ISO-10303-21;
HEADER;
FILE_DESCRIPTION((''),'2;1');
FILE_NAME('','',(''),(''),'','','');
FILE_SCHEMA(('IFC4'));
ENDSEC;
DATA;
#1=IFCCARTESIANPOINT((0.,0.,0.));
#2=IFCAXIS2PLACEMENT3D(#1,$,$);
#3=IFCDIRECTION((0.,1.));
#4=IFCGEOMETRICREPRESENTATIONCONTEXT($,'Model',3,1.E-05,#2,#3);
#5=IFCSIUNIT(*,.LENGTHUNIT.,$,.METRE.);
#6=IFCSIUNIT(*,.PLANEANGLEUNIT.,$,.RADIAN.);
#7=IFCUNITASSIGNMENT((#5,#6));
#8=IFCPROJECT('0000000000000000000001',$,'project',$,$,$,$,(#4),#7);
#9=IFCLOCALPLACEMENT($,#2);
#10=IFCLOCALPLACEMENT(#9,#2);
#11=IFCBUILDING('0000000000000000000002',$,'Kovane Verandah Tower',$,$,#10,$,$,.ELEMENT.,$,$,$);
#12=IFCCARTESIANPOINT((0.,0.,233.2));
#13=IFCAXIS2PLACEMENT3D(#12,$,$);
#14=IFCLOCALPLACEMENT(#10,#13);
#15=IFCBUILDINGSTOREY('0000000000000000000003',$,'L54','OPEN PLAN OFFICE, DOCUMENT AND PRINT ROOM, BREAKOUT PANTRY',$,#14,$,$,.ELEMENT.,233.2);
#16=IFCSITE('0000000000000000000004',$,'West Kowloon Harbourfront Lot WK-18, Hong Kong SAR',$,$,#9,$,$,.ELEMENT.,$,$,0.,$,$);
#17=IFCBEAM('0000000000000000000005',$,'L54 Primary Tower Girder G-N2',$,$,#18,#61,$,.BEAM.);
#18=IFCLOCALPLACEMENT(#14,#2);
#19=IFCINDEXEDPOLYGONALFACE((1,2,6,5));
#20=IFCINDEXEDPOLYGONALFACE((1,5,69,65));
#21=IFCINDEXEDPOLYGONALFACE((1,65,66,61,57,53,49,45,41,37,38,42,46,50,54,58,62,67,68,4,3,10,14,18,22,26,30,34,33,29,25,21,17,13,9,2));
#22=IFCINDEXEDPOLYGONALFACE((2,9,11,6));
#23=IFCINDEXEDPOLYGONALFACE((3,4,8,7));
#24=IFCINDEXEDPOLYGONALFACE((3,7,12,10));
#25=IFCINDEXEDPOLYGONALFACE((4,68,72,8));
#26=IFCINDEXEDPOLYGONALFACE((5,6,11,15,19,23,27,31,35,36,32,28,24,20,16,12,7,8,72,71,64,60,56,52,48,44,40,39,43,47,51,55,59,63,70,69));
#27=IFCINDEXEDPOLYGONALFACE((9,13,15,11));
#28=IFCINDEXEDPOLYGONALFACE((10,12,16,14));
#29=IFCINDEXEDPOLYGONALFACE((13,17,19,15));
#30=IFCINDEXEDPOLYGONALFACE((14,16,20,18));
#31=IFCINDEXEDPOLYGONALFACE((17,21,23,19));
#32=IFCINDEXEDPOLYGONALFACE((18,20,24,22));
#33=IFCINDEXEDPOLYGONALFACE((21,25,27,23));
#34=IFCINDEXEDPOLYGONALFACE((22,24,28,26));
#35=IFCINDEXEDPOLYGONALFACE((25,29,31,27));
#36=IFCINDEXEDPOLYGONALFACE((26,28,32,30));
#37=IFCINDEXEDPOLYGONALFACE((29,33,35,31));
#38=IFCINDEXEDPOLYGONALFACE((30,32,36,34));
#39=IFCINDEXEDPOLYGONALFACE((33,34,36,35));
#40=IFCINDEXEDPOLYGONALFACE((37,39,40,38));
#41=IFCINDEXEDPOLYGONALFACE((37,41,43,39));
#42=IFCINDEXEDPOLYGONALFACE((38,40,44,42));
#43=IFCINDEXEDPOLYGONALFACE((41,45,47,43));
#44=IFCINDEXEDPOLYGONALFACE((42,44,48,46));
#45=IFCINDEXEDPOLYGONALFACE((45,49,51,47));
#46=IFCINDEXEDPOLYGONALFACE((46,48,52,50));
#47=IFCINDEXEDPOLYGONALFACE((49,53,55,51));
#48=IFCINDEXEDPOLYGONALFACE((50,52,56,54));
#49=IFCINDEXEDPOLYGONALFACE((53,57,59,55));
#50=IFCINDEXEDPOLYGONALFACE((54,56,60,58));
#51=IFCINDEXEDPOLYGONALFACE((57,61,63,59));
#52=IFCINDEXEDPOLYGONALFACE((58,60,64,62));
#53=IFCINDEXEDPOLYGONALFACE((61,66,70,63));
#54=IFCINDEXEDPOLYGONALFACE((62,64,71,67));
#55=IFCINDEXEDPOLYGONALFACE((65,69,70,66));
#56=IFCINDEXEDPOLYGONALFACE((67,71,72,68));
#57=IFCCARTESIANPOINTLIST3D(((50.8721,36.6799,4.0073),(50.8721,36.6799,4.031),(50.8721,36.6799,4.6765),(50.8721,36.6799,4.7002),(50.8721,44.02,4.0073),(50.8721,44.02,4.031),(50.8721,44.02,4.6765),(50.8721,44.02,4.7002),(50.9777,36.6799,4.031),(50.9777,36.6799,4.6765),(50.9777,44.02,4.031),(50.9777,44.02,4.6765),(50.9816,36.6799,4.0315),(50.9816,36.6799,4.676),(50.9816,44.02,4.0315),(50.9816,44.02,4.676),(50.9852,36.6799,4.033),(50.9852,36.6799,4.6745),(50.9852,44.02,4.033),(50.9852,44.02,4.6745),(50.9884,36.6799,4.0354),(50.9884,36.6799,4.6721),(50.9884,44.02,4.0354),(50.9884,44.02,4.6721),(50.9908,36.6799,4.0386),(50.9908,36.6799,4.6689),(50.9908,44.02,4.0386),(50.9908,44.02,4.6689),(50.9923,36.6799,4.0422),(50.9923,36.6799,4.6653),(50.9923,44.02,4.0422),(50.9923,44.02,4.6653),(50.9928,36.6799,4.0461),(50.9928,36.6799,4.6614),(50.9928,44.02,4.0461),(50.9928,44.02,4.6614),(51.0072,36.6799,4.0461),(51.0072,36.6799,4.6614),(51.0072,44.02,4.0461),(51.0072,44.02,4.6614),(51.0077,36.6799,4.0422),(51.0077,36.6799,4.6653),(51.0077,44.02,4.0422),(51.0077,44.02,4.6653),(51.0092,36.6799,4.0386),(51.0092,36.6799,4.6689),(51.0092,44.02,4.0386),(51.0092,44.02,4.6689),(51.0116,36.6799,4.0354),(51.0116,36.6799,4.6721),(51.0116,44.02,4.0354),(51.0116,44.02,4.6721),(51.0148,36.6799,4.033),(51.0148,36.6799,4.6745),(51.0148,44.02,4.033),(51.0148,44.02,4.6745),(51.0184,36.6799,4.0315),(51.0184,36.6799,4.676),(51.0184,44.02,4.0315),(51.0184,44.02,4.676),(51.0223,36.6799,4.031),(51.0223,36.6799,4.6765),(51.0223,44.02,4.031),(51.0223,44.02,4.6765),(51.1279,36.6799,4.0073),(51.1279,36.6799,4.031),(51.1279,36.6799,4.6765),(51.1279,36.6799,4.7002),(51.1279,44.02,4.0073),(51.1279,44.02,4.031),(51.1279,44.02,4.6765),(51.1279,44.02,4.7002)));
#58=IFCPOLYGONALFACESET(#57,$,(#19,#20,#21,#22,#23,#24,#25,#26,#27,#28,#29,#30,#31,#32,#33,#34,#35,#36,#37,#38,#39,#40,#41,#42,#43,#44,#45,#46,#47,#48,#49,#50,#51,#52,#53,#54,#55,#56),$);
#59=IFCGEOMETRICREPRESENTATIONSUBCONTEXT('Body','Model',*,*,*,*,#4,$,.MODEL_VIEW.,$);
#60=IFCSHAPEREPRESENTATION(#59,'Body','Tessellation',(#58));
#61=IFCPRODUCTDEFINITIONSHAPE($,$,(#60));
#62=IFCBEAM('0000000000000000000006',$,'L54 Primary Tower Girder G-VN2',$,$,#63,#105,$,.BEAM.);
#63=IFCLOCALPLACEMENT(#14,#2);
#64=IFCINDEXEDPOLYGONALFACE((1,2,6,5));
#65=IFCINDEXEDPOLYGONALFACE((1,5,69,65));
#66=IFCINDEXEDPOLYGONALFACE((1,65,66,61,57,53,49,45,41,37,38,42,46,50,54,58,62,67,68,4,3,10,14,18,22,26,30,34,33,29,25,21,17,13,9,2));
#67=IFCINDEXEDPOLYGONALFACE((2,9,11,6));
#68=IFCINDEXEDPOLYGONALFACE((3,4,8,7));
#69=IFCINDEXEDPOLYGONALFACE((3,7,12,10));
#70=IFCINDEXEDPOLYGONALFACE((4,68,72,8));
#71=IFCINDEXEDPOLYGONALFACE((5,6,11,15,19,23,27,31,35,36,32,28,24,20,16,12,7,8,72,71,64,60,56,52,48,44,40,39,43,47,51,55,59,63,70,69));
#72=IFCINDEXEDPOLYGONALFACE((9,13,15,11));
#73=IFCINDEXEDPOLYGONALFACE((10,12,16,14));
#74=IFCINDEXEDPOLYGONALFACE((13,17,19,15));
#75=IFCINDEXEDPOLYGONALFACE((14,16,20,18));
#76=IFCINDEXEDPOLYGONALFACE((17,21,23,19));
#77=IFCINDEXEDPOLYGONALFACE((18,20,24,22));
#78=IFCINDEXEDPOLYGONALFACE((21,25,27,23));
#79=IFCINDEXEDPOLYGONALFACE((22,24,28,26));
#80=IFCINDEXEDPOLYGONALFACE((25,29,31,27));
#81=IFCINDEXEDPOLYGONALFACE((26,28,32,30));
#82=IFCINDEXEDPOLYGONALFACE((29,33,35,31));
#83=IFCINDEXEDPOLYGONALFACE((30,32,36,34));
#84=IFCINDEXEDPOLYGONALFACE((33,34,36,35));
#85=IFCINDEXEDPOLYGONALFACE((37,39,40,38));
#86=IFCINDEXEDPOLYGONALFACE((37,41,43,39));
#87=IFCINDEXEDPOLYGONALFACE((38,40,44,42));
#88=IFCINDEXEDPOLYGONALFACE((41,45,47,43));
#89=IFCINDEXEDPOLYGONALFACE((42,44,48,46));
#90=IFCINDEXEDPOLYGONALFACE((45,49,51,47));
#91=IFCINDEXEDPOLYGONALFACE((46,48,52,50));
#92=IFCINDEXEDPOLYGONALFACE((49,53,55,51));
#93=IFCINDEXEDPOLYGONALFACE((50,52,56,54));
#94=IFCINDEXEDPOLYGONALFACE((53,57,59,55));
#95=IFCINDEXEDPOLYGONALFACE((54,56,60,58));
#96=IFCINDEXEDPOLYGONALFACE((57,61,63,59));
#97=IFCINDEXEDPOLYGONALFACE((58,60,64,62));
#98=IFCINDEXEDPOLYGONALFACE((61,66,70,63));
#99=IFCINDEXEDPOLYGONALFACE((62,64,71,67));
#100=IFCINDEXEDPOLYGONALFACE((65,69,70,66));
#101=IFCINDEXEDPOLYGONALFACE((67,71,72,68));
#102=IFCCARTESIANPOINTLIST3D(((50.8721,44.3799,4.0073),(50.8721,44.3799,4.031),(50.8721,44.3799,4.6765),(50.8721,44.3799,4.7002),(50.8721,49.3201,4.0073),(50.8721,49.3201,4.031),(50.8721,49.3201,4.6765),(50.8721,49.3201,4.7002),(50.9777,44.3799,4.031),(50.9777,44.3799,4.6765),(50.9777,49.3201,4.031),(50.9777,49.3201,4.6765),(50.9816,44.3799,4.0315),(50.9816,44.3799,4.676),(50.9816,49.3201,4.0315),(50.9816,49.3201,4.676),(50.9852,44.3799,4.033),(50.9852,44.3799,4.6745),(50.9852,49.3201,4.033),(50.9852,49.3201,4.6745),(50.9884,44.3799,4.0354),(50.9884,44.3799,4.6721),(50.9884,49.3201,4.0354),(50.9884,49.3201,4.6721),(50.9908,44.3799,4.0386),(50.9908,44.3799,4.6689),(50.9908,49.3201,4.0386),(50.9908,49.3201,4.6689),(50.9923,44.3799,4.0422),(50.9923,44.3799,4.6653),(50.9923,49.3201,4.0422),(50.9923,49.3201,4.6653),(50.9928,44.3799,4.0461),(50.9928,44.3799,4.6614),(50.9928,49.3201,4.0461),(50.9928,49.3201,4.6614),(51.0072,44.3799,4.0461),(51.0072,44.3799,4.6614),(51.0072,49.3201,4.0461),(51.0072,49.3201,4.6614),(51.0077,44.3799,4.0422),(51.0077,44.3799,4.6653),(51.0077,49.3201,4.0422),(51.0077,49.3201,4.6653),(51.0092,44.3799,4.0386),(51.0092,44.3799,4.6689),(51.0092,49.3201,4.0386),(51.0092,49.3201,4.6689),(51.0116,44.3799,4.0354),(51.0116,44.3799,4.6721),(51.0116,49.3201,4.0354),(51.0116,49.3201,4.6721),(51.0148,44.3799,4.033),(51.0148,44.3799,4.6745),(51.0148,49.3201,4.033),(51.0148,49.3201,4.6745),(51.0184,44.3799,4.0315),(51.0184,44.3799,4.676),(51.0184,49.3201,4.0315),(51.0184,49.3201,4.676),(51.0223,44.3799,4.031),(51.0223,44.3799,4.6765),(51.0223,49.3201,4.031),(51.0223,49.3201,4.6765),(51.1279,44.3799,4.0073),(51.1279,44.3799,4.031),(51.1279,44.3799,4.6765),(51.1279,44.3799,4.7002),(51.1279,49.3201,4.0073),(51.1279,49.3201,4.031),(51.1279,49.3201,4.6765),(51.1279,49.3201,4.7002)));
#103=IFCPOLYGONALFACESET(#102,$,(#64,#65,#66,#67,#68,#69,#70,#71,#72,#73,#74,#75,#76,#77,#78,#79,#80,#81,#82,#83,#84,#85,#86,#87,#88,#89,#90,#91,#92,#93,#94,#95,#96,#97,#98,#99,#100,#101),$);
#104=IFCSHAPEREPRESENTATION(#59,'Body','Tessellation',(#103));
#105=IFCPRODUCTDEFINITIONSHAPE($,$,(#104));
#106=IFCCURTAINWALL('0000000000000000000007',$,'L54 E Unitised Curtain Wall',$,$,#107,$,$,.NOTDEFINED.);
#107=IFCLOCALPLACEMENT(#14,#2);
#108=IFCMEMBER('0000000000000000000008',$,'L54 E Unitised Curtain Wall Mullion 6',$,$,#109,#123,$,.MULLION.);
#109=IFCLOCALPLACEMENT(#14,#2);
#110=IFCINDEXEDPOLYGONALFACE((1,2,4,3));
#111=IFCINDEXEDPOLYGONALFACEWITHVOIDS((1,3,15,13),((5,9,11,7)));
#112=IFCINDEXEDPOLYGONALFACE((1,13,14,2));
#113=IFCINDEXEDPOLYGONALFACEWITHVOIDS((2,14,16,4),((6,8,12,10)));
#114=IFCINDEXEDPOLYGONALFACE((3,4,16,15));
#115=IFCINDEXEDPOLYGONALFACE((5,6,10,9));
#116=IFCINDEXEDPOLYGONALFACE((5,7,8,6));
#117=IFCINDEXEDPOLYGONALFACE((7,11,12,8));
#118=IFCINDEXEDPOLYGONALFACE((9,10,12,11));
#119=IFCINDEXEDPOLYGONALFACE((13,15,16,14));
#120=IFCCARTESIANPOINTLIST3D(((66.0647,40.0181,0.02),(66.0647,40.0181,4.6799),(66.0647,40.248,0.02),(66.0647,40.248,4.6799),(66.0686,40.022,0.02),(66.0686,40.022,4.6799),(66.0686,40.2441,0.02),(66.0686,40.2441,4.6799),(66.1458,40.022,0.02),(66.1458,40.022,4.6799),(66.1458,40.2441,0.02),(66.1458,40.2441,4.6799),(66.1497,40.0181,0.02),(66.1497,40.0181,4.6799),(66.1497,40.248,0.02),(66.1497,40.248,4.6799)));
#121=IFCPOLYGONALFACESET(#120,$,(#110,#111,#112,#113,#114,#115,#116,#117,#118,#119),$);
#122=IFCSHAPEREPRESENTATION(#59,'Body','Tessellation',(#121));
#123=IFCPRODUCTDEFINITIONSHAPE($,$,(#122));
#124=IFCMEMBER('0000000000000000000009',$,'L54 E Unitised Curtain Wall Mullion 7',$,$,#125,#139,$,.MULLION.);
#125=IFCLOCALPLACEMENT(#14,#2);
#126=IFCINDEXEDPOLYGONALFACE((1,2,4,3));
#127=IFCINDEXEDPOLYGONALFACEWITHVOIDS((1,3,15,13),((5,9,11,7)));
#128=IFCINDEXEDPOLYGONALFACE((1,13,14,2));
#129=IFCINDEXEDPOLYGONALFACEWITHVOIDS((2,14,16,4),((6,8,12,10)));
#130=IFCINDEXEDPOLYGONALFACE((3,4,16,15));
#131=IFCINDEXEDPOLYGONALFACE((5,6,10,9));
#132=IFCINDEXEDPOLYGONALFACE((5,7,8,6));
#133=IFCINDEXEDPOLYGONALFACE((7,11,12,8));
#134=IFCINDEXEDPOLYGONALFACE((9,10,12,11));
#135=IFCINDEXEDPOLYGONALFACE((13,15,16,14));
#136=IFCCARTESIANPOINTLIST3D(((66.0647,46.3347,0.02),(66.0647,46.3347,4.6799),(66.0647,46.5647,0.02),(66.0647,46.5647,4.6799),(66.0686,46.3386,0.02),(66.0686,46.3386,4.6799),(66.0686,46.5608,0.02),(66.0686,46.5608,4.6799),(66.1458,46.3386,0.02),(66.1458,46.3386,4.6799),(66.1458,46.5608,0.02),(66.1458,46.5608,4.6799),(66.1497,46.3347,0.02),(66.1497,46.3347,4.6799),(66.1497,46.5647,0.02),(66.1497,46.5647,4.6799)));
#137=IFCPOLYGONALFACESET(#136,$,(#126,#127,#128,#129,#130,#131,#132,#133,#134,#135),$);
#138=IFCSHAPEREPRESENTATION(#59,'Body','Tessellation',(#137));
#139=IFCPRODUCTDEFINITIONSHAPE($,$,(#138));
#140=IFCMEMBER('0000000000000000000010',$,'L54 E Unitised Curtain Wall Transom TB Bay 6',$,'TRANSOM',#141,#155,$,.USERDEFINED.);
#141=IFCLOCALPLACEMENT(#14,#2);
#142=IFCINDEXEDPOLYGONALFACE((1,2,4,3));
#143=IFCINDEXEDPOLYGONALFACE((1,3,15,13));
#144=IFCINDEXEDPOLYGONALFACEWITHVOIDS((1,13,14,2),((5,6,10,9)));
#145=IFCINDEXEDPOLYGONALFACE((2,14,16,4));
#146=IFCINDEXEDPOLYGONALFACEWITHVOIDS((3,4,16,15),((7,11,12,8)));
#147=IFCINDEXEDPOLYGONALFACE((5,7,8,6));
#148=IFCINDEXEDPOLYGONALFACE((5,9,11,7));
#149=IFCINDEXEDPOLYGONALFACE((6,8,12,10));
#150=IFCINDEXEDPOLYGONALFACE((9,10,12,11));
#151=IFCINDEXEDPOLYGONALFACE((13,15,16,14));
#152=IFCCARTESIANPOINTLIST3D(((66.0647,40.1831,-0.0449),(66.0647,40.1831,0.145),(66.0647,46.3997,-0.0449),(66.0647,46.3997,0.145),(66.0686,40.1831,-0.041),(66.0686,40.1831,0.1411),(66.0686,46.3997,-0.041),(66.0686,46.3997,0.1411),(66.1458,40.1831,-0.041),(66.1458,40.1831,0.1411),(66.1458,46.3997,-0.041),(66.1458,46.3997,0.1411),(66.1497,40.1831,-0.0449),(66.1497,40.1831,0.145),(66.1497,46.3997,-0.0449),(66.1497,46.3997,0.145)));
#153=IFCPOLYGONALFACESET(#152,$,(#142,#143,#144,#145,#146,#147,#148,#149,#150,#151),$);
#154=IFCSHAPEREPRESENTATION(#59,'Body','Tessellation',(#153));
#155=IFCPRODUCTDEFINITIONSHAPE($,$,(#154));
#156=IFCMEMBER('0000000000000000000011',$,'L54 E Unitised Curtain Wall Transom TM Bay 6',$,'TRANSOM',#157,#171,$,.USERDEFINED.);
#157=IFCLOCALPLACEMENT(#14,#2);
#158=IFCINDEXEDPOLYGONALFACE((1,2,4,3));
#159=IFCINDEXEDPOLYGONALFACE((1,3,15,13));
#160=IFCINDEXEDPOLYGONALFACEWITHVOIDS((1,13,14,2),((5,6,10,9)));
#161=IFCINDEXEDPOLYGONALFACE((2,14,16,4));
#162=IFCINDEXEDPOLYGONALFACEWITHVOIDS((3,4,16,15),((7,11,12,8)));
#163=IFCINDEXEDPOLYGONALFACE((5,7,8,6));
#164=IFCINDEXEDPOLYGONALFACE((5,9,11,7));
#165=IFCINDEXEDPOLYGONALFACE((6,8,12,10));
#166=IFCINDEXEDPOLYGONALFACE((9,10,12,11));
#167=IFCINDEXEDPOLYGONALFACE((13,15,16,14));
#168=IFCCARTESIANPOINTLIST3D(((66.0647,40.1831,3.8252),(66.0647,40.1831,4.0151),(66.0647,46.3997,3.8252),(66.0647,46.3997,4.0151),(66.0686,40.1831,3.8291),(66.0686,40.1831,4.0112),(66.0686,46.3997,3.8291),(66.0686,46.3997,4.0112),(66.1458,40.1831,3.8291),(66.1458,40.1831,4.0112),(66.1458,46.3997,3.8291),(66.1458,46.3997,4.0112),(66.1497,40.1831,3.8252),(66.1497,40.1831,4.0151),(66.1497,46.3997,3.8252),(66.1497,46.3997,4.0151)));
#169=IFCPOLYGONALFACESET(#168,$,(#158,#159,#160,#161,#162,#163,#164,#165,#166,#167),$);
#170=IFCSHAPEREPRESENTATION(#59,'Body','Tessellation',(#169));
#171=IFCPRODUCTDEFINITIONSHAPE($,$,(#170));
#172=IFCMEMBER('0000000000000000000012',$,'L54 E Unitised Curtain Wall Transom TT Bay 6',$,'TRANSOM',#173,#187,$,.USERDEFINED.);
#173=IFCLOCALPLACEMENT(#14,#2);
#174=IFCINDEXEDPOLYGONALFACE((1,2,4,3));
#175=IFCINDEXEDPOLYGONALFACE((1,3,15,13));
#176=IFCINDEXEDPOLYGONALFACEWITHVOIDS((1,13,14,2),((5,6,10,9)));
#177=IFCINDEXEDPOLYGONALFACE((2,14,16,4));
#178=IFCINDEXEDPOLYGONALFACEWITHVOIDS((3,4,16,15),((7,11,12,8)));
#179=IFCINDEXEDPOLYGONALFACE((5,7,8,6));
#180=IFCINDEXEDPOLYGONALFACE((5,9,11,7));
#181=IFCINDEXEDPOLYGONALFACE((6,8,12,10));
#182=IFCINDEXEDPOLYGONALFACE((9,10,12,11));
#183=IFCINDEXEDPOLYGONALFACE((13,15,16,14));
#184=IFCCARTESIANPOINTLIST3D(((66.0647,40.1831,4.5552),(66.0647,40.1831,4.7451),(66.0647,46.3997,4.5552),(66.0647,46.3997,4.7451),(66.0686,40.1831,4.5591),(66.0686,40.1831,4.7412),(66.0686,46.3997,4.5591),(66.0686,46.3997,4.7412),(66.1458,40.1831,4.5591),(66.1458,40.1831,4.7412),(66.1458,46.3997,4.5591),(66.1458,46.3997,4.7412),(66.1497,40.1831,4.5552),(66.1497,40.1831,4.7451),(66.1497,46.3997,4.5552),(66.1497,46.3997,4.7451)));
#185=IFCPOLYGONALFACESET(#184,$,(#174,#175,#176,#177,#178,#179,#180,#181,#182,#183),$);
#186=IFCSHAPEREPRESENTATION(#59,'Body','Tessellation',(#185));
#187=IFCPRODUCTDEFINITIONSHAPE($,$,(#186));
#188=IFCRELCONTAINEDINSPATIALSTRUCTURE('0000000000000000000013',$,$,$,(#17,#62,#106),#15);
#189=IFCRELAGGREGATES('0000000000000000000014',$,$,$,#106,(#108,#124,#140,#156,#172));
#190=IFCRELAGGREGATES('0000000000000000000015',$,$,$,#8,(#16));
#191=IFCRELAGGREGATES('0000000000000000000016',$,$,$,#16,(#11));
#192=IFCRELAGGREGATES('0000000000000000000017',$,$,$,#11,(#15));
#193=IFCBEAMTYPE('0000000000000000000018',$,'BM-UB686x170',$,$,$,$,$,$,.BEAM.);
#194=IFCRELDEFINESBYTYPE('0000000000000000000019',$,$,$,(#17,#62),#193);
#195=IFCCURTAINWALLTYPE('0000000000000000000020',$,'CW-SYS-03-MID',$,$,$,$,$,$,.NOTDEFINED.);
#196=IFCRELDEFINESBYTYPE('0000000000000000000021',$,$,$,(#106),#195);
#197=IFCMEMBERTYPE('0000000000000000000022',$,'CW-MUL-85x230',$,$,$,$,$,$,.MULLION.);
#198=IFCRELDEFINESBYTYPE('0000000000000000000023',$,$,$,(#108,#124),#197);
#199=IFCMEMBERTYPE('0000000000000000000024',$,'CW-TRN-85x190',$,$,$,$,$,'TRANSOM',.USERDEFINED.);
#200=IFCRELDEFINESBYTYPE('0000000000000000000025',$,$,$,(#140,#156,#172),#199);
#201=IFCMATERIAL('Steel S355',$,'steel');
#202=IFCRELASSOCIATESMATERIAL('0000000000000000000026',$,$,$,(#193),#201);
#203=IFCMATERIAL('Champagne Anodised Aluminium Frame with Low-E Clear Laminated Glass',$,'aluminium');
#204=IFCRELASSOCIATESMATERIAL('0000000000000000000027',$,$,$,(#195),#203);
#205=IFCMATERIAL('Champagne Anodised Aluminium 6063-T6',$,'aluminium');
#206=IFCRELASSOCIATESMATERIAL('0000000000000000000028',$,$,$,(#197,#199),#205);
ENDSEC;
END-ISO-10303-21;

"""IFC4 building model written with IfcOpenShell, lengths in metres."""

from ifc_helpers import new_model, si_unit, direction, frame, origin, origin_2d, place, context, subcontext, project, spatial, hollow_rectangle, i_section, extrude, material, material_profile, profile_set, type_object, element, aggregate, save


model = new_model("IFC4")

# Units and contexts
model_context = context("Model", 3, precision=1e-05, world=origin(), true_north=direction((0.0, 1.0)))
body_context = subcontext(model_context, "Body", "Model", "MODEL_VIEW")
ifc_project = project(units=[si_unit("LENGTHUNIT", "METRE"), si_unit("PLANEANGLEUNIT", "RADIAN")], contexts=[model_context])

# Site, building, storey
site_placement = place(None, origin())
site = spatial("IfcSite", under=ifc_project, at=site_placement, Name="West Kowloon Harbourfront Lot WK-18, Hong Kong SAR", CompositionType="ELEMENT", RefElevation=0.0)
building_placement = place(site_placement, origin())
building = spatial("IfcBuilding", under=site, at=building_placement, Name="Kovane Verandah Tower", CompositionType="ELEMENT")
storey_placement = place(building_placement, frame((0.0, 0.0, 233.2)))
storey = spatial("IfcBuildingStorey", under=building, at=storey_placement, Name="L54", Description="OPEN PLAN OFFICE, DOCUMENT AND PRINT ROOM, BREAKOUT PANTRY", CompositionType="ELEMENT", Elevation=233.2)

# Beams
ifc_material_1 = material(Name="Steel S355", Category="steel")
ifc_material_profile_1 = material_profile(ifc_material_1, i_section(OverallWidth=0.2559, OverallDepth=0.6929, WebThickness=0.0144, FlangeThickness=0.0237, FilletRadius=0.0151, at=origin_2d()), Name="UB686x254x170")
ifc_profile_set_1 = profile_set([ifc_material_profile_1], Name="Steel S355")
beam_type_1 = type_object("IfcBeamType", Name="BM-UB686x170", PredefinedType="BEAM", material=ifc_profile_set_1)
for number, where, z_axis, x_axis, name in (
    (1, (51.0, 36.6799, 4.3538), (0.0, 1.0, 0.0), (-1.0, 0.0, 0.0), "L54 Primary Tower Girder G-N2"),
):
    element("IfcBeam", number, at=place(storey_placement, frame(where, z_axis=z_axis, x_axis=x_axis)), inside=storey, type_object=beam_type_1, Name=name, PredefinedType="BEAM", context=body_context, shape_type="SweptSolid", body=[
        extrude(i_section(OverallWidth=0.2559, OverallDepth=0.6929, WebThickness=0.0144, FlangeThickness=0.0237, FilletRadius=0.0151, at=origin_2d()), origin(), (0.0, 0.0, 1.0), 7.3401),
    ])
beam_1_placement = place(storey_placement, frame((51.0, 44.3799, 4.3538), z_axis=(0.0, 1.0, 0.0), x_axis=(-1.0, 0.0, 0.0)))
element("IfcBeam", 2, at=beam_1_placement, inside=storey, type_object=beam_type_1, Name="L54 Primary Tower Girder G-VN2", PredefinedType="BEAM", context=body_context, shape_type="SweptSolid", body=[
    extrude(i_section(OverallWidth=0.2559, OverallDepth=0.6929, WebThickness=0.0144, FlangeThickness=0.0237, FilletRadius=0.0151, at=origin_2d()), origin(), (0.0, 0.0, 1.0), 4.9402),
])

# Curtain wall, members
ifc_material_2 = material(Name="Champagne Anodised Aluminium Frame with Low-E Clear Laminated Glass", Category="aluminium")
curtain_wall_type = type_object("IfcCurtainWallType", Name="CW-SYS-03-MID", PredefinedType="NOTDEFINED", material=ifc_material_2)
curtain_wall_placement = place(storey_placement, origin())
curtain_wall = element("IfcCurtainWall", 3, at=curtain_wall_placement, inside=storey, type_object=curtain_wall_type, Name="L54 E Unitised Curtain Wall", PredefinedType="NOTDEFINED")
ifc_material_3 = material(Name="Champagne Anodised Aluminium 6063-T6", Category="aluminium")
ifc_material_profile_2 = material_profile(ifc_material_3, hollow_rectangle(XDim=0.085, YDim=0.23, WallThickness=0.0039, at=origin_2d()), Name="AL85x230x4")
ifc_profile_set_2 = profile_set([ifc_material_profile_2], Name="Champagne Anodised Aluminium 6063-T6")
member_type_1 = type_object("IfcMemberType", Name="CW-MUL-85x230", PredefinedType="MULLION", material=ifc_profile_set_2)
member_1_placement = place(storey_placement, frame((66.1072, 40.1331, 0.02), z_axis=(0.0, 0.0, 1.0), x_axis=(1.0, 0.0, 0.0)))
member_1 = element("IfcMember", 4, at=member_1_placement, type_object=member_type_1, Name="L54 E Unitised Curtain Wall Mullion 6", PredefinedType="MULLION", context=body_context, shape_type="SweptSolid", body=[
    extrude(hollow_rectangle(XDim=0.085, YDim=0.23, WallThickness=0.0039, at=origin_2d()), origin(), (0.0, 0.0, 1.0), 4.6599),
])
member_2_placement = place(storey_placement, frame((66.1072, 46.4497, 0.02), z_axis=(0.0, 0.0, 1.0), x_axis=(1.0, 0.0, 0.0)))
member_2 = element("IfcMember", 5, at=member_2_placement, type_object=member_type_1, Name="L54 E Unitised Curtain Wall Mullion 7", PredefinedType="MULLION", context=body_context, shape_type="SweptSolid", body=[
    extrude(hollow_rectangle(XDim=0.085, YDim=0.23, WallThickness=0.0039, at=origin_2d()), origin(), (0.0, 0.0, 1.0), 4.6599),
])
ifc_material_profile_3 = material_profile(ifc_material_3, hollow_rectangle(XDim=0.085, YDim=0.1899, WallThickness=0.0039, at=origin_2d()), Name="AL85x190x4")
ifc_profile_set_3 = profile_set([ifc_material_profile_3], Name="Champagne Anodised Aluminium 6063-T6")
member_type_2 = type_object("IfcMemberType", Name="CW-TRN-85x190", ElementType="TRANSOM", PredefinedType="USERDEFINED", material=ifc_profile_set_3)
member_3_placement = place(storey_placement, frame((66.1072, 40.1831, 0.05), z_axis=(0.0, 1.0, 0.0), x_axis=(-1.0, 0.0, 0.0)))
member_3 = element("IfcMember", 6, at=member_3_placement, type_object=member_type_2, Name="L54 E Unitised Curtain Wall Transom TB Bay 6", ObjectType="TRANSOM", PredefinedType="USERDEFINED", context=body_context, shape_type="SweptSolid", body=[
    extrude(hollow_rectangle(XDim=0.085, YDim=0.1899, WallThickness=0.0039, at=origin_2d()), origin(), (0.0, 0.0, 1.0), 6.2166),
])
member_4_placement = place(storey_placement, frame((66.1072, 40.1831, 3.9202), z_axis=(0.0, 1.0, 0.0), x_axis=(-1.0, 0.0, 0.0)))
member_4 = element("IfcMember", 7, at=member_4_placement, type_object=member_type_2, Name="L54 E Unitised Curtain Wall Transom TM Bay 6", ObjectType="TRANSOM", PredefinedType="USERDEFINED", context=body_context, shape_type="SweptSolid", body=[
    extrude(hollow_rectangle(XDim=0.085, YDim=0.1899, WallThickness=0.0039, at=origin_2d()), origin(), (0.0, 0.0, 1.0), 6.2166),
])
member_5_placement = place(storey_placement, frame((66.1072, 40.1831, 4.6501), z_axis=(0.0, 1.0, 0.0), x_axis=(-1.0, 0.0, 0.0)))
member_5 = element("IfcMember", 8, at=member_5_placement, type_object=member_type_2, Name="L54 E Unitised Curtain Wall Transom TT Bay 6", ObjectType="TRANSOM", PredefinedType="USERDEFINED", context=body_context, shape_type="SweptSolid", body=[
    extrude(hollow_rectangle(XDim=0.085, YDim=0.1899, WallThickness=0.0039, at=origin_2d()), origin(), (0.0, 0.0, 1.0), 6.2166),
])

aggregate(curtain_wall, [member_1, member_2, member_3, member_4, member_5])

save(model, "model.ifc")
